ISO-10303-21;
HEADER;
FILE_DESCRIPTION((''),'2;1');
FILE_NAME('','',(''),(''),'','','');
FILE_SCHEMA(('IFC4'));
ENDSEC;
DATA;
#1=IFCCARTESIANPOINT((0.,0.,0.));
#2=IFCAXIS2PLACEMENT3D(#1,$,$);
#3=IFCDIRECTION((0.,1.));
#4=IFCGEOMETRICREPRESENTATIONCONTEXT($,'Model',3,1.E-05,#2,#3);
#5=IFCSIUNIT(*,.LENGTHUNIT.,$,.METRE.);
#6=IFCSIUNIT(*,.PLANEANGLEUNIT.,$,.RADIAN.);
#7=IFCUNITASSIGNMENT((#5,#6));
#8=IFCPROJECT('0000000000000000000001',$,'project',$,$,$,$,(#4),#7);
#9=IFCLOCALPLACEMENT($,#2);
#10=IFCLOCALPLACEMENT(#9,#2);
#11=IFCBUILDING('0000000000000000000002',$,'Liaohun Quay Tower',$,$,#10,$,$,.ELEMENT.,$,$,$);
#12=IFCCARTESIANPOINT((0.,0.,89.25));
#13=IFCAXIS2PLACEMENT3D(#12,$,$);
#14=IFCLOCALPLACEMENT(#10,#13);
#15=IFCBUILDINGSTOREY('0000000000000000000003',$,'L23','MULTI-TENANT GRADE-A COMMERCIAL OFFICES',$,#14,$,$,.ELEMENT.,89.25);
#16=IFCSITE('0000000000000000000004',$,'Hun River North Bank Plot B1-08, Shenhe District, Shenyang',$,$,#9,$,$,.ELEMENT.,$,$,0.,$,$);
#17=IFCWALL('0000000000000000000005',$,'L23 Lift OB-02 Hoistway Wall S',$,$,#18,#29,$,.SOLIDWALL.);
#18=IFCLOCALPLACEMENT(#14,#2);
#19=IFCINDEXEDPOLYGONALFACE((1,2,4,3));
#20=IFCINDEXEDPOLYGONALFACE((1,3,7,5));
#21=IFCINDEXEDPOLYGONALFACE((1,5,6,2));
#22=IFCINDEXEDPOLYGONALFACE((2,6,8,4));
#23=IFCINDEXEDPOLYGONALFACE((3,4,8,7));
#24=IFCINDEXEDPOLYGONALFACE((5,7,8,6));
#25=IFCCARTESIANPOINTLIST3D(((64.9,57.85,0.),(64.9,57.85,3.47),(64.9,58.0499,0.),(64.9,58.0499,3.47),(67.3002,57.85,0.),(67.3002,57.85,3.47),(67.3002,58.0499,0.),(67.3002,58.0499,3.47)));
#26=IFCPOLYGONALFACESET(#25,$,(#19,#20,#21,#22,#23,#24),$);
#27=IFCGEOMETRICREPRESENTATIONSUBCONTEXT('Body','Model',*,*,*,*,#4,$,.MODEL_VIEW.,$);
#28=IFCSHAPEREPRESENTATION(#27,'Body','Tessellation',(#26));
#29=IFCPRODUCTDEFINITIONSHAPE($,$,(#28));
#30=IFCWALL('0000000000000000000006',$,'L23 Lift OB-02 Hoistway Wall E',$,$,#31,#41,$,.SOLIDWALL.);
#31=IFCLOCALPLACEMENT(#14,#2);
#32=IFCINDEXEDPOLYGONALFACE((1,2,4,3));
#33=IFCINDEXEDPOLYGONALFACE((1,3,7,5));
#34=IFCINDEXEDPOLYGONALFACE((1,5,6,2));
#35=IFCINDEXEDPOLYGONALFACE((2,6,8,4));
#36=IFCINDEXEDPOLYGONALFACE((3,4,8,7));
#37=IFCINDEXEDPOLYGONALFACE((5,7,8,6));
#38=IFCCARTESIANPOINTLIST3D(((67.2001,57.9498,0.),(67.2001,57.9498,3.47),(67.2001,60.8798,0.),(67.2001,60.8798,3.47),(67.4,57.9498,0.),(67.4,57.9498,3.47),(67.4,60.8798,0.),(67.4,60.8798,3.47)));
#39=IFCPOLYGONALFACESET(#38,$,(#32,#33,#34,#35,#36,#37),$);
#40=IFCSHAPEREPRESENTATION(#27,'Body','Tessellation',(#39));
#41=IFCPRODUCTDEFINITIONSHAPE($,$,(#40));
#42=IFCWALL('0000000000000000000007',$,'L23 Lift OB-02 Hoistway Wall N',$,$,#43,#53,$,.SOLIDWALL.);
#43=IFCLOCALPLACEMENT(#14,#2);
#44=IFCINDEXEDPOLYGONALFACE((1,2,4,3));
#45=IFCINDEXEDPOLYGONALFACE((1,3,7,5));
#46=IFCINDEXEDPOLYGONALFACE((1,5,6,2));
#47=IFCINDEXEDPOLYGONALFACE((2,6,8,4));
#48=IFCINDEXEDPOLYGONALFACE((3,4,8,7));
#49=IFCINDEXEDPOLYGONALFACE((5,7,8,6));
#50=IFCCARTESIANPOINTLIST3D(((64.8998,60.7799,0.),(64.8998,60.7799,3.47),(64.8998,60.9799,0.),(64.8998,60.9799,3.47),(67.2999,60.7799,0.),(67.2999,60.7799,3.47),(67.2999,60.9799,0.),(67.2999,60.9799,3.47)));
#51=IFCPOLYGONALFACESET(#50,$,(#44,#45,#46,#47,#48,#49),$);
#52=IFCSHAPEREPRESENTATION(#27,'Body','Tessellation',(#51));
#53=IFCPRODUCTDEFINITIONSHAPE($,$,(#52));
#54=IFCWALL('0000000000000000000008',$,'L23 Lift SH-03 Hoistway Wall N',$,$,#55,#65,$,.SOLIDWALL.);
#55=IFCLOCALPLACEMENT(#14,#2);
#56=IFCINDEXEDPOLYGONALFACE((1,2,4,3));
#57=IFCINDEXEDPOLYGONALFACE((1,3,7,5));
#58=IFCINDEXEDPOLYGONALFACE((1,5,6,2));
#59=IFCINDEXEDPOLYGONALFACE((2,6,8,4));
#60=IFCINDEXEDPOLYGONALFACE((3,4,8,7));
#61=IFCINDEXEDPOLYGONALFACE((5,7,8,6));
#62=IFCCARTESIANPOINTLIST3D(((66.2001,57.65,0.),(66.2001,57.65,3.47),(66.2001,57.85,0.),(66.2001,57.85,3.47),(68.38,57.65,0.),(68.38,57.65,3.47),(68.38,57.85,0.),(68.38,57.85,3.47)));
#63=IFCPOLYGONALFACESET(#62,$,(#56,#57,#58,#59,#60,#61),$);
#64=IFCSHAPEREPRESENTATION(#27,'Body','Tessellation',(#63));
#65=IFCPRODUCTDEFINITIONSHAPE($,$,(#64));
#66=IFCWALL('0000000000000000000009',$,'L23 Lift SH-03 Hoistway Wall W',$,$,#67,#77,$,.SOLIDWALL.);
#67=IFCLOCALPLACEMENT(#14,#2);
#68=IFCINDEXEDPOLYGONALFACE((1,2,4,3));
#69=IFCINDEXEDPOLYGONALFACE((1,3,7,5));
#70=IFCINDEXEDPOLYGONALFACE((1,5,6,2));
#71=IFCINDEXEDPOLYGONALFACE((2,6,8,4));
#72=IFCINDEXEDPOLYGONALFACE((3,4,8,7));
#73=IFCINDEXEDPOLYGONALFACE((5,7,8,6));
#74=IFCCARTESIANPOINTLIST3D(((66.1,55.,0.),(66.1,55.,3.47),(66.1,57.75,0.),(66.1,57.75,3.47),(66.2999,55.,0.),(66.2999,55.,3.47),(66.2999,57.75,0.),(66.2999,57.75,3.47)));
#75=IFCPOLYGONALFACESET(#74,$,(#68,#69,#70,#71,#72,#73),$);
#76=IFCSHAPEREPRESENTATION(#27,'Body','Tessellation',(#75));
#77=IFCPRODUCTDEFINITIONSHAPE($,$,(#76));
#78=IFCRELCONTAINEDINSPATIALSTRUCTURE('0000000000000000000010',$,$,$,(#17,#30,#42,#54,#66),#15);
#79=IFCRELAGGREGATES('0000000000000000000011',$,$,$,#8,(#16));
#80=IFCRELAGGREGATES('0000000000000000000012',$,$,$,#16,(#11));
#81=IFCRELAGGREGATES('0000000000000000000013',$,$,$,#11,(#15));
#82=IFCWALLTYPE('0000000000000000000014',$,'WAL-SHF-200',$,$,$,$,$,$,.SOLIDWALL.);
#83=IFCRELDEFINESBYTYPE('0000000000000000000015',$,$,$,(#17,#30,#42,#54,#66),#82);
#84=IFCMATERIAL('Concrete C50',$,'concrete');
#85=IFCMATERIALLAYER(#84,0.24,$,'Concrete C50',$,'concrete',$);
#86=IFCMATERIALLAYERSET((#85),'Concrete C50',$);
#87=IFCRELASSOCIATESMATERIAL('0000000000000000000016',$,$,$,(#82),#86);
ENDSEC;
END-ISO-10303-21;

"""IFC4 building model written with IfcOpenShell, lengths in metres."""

from ifc_helpers import new_model, si_unit, direction, frame, frame_2d, origin, place, context, subcontext, project, spatial, rectangle, extrude, material, layer, layer_set, type_object, element, save


model = new_model("IFC4")

# Units and contexts
model_context = context("Model", 3, precision=1e-05, world=origin(), true_north=direction((0.0, 1.0)))
body_context = subcontext(model_context, "Body", "Model", "MODEL_VIEW")
ifc_project = project(units=[si_unit("LENGTHUNIT", "METRE"), si_unit("PLANEANGLEUNIT", "RADIAN")], contexts=[model_context])

# Site, building, storey
site_placement = place(None, origin())
site = spatial("IfcSite", under=ifc_project, at=site_placement, Name="Hun River North Bank Plot B1-08, Shenhe District, Shenyang", CompositionType="ELEMENT", RefElevation=0.0)
building_placement = place(site_placement, origin())
building = spatial("IfcBuilding", under=site, at=building_placement, Name="Liaohun Quay Tower", CompositionType="ELEMENT")
storey_placement = place(building_placement, frame((0.0, 0.0, 89.25)))
storey = spatial("IfcBuildingStorey", under=building, at=storey_placement, Name="L23", Description="MULTI-TENANT GRADE-A COMMERCIAL OFFICES", CompositionType="ELEMENT", Elevation=89.25)

# Walls
ifc_material_1 = material(Name="Concrete C50", Category="concrete")
ifc_layer_1 = layer(ifc_material_1, 0.24, Name="Concrete C50", Category="concrete")
ifc_layer_set_1 = layer_set([ifc_layer_1], Name="Concrete C50")
wall_type_1 = type_object("IfcWallType", Name="WAL-SHF-200", PredefinedType="SOLIDWALL", material=ifc_layer_set_1)
wall_1_placement = place(storey_placement, frame((64.8999, 57.95, 0.0), z_axis=(0.0, 0.0, 1.0), x_axis=(1.0, 0.0, 0.0)))
element("IfcWall", 1, at=wall_1_placement, inside=storey, type_object=wall_type_1, Name="L23 Lift OB-02 Hoistway Wall S", PredefinedType="SOLIDWALL", context=body_context, shape_type="SweptSolid", body=[
    extrude(rectangle(XDim=2.4001, YDim=0.2, at=frame_2d((1.2002, 0.0))), origin(), (0.0, 0.0, 1.0), 3.47),
])
wall_2_placement = place(storey_placement, frame((67.3, 57.95, 0.0), z_axis=(0.0, 0.0, 1.0), x_axis=(0.0, 1.0, 0.0)))
element("IfcWall", 2, at=wall_2_placement, inside=storey, type_object=wall_type_1, Name="L23 Lift OB-02 Hoistway Wall E", PredefinedType="SOLIDWALL", context=body_context, shape_type="SweptSolid", body=[
    extrude(rectangle(XDim=2.9299, YDim=0.2, at=frame_2d((1.4648, 0.0))), origin(), (0.0, 0.0, 1.0), 3.47),
])
wall_3_placement = place(storey_placement, frame((67.3, 60.8799, 0.0), z_axis=(0.0, 0.0, 1.0), x_axis=(-1.0, 0.0, 0.0)))
element("IfcWall", 3, at=wall_3_placement, inside=storey, type_object=wall_type_1, Name="L23 Lift OB-02 Hoistway Wall N", PredefinedType="SOLIDWALL", context=body_context, shape_type="SweptSolid", body=[
    extrude(rectangle(XDim=2.4001, YDim=0.2, at=frame_2d((1.2002, 0.0))), origin(), (0.0, 0.0, 1.0), 3.47),
])
wall_4_placement = place(storey_placement, frame((68.3799, 57.75, 0.0), z_axis=(0.0, 0.0, 1.0), x_axis=(-1.0, 0.0, 0.0)))
element("IfcWall", 4, at=wall_4_placement, inside=storey, type_object=wall_type_1, Name="L23 Lift SH-03 Hoistway Wall N", PredefinedType="SOLIDWALL", context=body_context, shape_type="SweptSolid", body=[
    extrude(rectangle(XDim=2.1799, YDim=0.2, at=frame_2d((1.0898, 0.0))), origin(), (0.0, 0.0, 1.0), 3.47),
])
wall_5_placement = place(storey_placement, frame((66.2, 57.75, 0.0), z_axis=(0.0, 0.0, 1.0), x_axis=(0.0, -1.0, 0.0)))
element("IfcWall", 5, at=wall_5_placement, inside=storey, type_object=wall_type_1, Name="L23 Lift SH-03 Hoistway Wall W", PredefinedType="SOLIDWALL", context=body_context, shape_type="SweptSolid", body=[
    extrude(rectangle(XDim=2.75, YDim=0.2, at=frame_2d((1.375, 0.0))), origin(), (0.0, 0.0, 1.0), 3.47),
])

save(model, "model.ifc")
